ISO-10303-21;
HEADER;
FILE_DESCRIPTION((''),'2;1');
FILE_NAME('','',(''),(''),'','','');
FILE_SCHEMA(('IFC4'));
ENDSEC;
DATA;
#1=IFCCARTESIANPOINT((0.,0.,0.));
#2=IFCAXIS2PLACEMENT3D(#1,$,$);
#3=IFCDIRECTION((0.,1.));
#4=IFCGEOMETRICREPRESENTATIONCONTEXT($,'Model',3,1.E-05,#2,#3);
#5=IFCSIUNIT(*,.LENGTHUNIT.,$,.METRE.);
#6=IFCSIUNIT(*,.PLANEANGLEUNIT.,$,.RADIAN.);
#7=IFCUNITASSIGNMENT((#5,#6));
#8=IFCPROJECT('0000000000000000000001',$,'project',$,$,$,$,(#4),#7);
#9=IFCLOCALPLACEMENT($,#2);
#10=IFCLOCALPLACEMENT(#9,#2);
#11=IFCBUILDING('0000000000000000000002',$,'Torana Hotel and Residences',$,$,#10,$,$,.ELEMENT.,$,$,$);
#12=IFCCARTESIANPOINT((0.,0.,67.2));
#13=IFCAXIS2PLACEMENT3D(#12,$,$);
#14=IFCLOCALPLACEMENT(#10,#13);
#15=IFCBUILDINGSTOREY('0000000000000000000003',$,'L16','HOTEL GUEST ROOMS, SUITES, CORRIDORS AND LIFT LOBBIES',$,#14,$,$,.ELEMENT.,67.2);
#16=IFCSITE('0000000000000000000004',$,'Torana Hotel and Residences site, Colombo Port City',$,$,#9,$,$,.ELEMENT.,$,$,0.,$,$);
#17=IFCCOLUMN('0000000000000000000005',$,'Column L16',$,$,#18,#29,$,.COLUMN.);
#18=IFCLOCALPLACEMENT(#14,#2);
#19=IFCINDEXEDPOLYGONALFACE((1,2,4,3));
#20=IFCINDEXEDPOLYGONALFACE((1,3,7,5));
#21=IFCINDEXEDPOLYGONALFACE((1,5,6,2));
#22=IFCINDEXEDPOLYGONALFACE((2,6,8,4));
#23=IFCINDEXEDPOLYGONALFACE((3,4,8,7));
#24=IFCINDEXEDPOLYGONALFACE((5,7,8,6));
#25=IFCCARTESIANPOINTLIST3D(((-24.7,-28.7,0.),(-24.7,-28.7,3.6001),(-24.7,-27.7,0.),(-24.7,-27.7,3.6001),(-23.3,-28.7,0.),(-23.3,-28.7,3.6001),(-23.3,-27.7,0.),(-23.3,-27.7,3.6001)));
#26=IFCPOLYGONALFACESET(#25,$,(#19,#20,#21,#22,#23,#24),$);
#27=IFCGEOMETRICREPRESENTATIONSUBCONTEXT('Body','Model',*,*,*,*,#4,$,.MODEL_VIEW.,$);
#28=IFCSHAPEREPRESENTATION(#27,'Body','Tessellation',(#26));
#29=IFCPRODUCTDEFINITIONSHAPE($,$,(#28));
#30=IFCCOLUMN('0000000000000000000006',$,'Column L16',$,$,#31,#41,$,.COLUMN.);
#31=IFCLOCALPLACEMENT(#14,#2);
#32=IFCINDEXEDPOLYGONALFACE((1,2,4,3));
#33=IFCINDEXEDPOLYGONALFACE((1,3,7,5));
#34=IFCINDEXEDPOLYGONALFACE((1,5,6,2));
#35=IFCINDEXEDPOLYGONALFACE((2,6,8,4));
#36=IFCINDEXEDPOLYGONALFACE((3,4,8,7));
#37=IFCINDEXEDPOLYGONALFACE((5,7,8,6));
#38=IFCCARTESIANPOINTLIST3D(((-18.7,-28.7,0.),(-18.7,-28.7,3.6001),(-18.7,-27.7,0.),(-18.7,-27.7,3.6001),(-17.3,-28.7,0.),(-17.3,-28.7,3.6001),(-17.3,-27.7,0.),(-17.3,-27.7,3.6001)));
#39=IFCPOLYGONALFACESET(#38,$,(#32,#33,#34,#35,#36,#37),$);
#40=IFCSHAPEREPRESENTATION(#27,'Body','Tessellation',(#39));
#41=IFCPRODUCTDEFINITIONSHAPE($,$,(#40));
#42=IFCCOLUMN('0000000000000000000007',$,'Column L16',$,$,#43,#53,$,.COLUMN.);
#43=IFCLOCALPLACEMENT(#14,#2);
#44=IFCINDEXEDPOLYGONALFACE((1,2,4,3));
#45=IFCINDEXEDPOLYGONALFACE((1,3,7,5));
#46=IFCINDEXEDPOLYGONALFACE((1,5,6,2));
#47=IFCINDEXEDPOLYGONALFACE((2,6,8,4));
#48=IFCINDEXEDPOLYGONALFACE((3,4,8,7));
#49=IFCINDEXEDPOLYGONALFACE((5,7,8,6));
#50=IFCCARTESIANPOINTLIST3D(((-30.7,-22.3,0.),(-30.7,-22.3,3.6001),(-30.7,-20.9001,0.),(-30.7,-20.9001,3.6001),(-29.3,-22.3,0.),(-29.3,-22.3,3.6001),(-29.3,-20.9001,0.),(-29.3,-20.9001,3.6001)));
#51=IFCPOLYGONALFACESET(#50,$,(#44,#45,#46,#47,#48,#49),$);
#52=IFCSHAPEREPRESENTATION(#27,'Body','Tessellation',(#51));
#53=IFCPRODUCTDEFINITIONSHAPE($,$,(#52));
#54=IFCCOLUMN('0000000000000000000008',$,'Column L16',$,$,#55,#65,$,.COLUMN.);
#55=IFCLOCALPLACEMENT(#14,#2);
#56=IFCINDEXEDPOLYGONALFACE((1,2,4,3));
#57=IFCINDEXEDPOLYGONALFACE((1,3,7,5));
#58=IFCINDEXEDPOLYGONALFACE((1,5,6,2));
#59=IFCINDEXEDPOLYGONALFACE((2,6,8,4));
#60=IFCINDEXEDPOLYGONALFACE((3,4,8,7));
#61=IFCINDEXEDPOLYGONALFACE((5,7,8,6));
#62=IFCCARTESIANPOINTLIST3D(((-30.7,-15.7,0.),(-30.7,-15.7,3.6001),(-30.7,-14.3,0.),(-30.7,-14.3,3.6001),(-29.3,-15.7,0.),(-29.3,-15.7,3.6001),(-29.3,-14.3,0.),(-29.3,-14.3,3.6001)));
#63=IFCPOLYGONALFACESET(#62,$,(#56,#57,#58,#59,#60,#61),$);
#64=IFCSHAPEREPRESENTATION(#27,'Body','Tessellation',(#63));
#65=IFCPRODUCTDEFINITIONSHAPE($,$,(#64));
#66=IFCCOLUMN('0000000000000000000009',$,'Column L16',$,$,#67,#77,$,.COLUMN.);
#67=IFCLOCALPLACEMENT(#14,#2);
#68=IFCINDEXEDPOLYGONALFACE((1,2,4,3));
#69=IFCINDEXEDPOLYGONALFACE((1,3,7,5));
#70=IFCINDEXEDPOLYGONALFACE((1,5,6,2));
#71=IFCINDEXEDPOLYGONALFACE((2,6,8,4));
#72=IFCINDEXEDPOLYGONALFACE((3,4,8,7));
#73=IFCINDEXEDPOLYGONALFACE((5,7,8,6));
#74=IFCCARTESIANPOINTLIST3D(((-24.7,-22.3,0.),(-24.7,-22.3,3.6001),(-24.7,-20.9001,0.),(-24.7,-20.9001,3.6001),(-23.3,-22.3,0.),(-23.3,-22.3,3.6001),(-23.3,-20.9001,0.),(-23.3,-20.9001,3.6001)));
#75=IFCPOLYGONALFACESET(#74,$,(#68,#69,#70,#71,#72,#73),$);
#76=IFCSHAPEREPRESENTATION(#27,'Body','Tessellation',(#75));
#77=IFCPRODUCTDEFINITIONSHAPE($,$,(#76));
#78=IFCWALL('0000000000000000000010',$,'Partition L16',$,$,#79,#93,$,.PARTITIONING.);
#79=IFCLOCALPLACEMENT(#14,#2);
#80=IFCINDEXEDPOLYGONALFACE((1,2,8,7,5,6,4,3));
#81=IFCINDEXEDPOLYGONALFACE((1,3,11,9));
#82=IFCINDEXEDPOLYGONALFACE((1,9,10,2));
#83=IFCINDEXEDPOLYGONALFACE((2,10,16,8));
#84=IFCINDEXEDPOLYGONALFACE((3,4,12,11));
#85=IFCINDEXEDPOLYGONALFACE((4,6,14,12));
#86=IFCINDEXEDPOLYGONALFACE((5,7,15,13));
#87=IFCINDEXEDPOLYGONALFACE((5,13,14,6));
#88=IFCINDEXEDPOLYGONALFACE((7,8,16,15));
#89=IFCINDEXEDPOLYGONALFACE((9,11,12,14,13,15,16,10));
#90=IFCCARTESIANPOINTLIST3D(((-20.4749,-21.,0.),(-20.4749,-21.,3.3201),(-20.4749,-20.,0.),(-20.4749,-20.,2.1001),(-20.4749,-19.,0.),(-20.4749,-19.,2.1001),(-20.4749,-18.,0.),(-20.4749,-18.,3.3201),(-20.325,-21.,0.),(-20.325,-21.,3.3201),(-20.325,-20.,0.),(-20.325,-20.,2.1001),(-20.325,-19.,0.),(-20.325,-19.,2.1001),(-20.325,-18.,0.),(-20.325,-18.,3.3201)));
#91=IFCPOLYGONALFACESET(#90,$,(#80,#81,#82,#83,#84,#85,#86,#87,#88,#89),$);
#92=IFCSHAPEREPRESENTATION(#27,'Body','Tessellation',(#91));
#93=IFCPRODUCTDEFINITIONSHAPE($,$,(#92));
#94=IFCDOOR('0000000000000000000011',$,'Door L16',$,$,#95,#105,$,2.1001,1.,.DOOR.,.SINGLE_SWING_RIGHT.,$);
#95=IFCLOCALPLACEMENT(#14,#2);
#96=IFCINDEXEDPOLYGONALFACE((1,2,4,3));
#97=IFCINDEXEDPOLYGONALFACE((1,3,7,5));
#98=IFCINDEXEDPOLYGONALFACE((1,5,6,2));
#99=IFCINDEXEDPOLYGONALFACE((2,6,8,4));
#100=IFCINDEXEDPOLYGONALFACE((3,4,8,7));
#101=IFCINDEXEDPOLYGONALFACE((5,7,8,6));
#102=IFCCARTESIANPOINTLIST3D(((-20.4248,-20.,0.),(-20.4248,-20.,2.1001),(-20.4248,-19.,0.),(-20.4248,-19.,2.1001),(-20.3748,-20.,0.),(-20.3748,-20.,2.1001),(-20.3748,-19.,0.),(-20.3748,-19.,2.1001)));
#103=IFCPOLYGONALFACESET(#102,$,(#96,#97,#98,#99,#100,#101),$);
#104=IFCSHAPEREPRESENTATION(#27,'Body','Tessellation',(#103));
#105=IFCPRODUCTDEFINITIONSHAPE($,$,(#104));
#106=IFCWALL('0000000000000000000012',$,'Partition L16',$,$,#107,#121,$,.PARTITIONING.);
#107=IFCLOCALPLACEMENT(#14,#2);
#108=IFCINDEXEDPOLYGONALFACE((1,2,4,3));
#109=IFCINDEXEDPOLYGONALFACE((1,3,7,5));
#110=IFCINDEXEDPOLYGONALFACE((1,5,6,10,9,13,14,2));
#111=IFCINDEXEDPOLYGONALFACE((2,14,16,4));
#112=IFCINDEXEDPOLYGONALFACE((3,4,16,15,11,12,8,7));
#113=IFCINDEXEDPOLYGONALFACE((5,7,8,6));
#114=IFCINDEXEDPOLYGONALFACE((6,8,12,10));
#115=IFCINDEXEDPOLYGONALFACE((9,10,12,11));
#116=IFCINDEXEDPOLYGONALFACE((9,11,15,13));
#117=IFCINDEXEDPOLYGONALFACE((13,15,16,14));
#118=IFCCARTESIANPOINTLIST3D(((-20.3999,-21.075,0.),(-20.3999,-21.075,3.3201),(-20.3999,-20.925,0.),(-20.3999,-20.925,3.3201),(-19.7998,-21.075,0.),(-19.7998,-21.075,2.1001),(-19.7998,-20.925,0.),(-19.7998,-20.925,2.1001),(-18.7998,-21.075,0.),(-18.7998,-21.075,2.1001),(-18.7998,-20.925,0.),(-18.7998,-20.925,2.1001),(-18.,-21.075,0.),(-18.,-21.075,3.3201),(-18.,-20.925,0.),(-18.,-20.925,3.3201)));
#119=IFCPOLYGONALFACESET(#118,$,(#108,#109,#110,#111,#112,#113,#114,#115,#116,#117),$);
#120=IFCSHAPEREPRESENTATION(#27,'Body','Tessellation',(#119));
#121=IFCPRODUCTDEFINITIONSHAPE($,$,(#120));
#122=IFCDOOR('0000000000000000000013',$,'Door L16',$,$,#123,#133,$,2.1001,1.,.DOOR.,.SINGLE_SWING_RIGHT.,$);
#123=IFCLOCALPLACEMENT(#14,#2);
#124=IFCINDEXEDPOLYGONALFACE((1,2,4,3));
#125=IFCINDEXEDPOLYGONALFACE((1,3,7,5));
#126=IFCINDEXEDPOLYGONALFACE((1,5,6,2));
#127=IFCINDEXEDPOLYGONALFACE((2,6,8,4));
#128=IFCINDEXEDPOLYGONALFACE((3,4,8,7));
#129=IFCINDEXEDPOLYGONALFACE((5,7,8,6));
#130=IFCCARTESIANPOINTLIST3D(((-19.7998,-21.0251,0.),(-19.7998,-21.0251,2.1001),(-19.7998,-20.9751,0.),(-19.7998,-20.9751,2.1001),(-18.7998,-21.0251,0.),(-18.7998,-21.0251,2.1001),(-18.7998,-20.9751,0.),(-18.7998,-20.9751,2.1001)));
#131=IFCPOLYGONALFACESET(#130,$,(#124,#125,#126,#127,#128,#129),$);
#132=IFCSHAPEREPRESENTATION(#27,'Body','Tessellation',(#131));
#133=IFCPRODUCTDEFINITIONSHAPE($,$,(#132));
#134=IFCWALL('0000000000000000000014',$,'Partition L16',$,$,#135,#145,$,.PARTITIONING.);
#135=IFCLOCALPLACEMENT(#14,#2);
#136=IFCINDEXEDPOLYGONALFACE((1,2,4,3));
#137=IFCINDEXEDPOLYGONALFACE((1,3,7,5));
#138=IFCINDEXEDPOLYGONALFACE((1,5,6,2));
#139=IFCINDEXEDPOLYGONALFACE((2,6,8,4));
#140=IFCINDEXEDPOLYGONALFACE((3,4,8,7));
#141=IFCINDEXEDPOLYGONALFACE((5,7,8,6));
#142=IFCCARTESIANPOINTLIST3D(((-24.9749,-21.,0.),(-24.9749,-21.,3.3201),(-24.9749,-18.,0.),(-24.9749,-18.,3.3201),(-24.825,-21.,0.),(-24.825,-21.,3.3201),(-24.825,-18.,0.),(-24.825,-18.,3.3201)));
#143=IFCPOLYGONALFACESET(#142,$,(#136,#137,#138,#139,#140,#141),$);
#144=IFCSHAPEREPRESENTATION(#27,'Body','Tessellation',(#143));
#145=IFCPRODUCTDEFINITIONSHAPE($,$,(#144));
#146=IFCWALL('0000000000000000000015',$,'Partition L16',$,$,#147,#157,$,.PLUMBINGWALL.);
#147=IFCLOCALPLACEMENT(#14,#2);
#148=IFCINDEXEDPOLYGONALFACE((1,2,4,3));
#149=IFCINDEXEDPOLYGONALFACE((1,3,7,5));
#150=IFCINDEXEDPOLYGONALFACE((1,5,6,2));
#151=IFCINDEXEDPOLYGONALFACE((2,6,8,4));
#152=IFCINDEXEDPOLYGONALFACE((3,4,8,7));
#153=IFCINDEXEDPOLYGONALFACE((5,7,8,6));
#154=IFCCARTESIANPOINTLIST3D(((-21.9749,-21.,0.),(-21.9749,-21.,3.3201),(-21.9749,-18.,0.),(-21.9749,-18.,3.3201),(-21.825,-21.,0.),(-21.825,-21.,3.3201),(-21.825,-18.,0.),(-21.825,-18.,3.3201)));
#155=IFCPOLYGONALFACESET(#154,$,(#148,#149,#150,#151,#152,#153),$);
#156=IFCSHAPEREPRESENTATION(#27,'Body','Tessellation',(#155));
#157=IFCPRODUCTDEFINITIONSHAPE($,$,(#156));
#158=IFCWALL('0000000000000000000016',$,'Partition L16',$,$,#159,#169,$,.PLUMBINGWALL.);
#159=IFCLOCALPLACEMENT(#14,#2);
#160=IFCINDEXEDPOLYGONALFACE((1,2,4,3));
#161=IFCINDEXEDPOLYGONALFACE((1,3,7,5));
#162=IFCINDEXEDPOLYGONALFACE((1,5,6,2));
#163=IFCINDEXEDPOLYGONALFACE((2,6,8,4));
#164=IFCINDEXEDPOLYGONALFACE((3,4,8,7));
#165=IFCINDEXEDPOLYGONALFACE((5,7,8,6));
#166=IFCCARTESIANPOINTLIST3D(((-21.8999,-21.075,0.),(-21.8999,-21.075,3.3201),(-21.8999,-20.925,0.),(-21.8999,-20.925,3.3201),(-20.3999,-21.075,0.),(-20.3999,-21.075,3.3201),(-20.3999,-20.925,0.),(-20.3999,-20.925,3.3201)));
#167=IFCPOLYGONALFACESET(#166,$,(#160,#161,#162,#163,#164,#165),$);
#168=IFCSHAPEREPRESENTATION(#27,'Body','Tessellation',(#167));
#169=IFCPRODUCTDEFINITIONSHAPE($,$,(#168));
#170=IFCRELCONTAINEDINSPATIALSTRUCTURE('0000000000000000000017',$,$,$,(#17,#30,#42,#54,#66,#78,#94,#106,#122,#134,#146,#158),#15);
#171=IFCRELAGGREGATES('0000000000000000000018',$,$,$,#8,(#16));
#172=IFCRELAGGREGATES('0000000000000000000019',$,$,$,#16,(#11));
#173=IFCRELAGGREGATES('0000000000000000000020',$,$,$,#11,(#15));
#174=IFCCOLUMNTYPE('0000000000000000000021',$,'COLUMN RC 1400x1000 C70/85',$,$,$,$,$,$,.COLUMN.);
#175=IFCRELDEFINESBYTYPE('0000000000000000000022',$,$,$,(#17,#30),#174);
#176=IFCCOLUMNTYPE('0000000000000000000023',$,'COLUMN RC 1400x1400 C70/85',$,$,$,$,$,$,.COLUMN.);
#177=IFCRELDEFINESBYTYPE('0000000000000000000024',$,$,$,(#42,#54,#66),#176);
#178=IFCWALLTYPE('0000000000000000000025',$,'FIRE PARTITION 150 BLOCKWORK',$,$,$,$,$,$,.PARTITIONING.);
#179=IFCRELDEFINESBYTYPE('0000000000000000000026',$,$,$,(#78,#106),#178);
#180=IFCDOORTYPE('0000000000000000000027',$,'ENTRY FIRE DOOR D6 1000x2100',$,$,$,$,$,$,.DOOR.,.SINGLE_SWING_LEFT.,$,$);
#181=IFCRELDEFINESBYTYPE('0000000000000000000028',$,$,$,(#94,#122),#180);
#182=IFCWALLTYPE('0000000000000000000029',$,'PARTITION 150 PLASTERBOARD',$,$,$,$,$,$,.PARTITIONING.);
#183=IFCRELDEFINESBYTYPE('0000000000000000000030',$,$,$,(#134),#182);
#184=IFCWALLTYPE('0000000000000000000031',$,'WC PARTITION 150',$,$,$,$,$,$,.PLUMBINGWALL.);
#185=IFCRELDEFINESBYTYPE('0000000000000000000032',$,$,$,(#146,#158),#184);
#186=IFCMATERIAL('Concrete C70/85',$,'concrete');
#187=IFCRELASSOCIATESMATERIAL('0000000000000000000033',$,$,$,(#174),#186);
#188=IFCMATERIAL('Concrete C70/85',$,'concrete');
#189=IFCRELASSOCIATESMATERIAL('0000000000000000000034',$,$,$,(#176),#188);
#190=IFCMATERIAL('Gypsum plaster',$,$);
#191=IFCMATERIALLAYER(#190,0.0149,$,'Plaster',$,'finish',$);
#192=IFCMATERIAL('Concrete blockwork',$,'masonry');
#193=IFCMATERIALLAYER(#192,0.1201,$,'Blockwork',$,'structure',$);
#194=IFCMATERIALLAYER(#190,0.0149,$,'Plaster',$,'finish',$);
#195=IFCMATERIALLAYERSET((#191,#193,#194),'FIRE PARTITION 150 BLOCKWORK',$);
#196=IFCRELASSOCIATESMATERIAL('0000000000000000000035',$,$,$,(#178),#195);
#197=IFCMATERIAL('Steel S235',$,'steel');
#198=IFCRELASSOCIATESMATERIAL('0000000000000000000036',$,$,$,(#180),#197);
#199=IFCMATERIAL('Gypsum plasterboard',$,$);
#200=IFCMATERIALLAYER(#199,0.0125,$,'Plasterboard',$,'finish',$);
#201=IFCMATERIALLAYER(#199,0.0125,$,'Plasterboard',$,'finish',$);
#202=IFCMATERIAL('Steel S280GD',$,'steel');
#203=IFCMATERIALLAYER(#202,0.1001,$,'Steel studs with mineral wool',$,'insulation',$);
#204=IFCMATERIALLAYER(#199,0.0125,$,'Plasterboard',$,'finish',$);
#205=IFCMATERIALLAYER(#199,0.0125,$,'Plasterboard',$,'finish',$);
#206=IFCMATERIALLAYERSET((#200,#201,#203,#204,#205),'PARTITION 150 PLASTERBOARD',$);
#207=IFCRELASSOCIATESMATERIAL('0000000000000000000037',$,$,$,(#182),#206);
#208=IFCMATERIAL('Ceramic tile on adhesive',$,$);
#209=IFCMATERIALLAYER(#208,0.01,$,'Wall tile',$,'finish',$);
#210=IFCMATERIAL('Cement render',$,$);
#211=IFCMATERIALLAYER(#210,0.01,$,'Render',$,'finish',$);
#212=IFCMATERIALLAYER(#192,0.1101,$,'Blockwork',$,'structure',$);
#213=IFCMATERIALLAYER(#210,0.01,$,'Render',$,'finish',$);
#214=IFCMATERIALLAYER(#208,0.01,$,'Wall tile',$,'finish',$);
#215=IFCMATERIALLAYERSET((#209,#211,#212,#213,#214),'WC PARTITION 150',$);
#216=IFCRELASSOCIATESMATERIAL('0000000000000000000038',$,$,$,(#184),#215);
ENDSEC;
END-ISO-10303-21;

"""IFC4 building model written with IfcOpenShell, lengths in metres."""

from ifc_helpers import new_model, si_unit, direction, frame, frame_2d, origin, origin_2d, place, context, subcontext, project, spatial, rectangle, extrude, material, layer, layer_set, material_profile, profile_set, type_object, element, fill, save


model = new_model("IFC4")

# Units and contexts
model_context = context("Model", 3, precision=1e-05, world=origin(), true_north=direction((0.0, 1.0)))
body_context = subcontext(model_context, "Body", "Model", "MODEL_VIEW")
ifc_project = project(units=[si_unit("LENGTHUNIT", "METRE"), si_unit("PLANEANGLEUNIT", "RADIAN")], contexts=[model_context])

# Site, building, storey
site_placement = place(None, origin())
site = spatial("IfcSite", under=ifc_project, at=site_placement, Name="Torana Hotel and Residences site, Colombo Port City", CompositionType="ELEMENT", RefElevation=0.0)
building_placement = place(site_placement, origin())
building = spatial("IfcBuilding", under=site, at=building_placement, Name="Torana Hotel and Residences", CompositionType="ELEMENT")
storey_placement = place(building_placement, frame((0.0, 0.0, 67.2)))
storey = spatial("IfcBuildingStorey", under=building, at=storey_placement, Name="L16", Description="HOTEL GUEST ROOMS, SUITES, CORRIDORS AND LIFT LOBBIES", CompositionType="ELEMENT", Elevation=67.2)

# Columns
ifc_material_1 = material(Name="Concrete C70/85", Category="concrete")
ifc_material_profile_1 = material_profile(ifc_material_1, rectangle(XDim=1.3999, YDim=1.0, at=origin_2d()), Name="RC 1400x1000")
ifc_profile_set_1 = profile_set([ifc_material_profile_1], Name="Concrete C70/85")
column_type_1 = type_object("IfcColumnType", Name="COLUMN RC 1400x1000 C70/85", PredefinedType="COLUMN", material=ifc_profile_set_1)
for number, where, z_axis, x_axis, name in (
    (1, (-24.0, -28.2, 0.0), (0.0, 0.0, 1.0), (1.0, 0.0, 0.0), "Column L16"),
    (2, (-18.0, -28.2, 0.0), (0.0, 0.0, 1.0), (1.0, 0.0, 0.0), "Column L16"),
):
    element("IfcColumn", number, at=place(storey_placement, frame(where, z_axis=z_axis, x_axis=x_axis)), inside=storey, type_object=column_type_1, Name=name, PredefinedType="COLUMN", context=body_context, shape_type="SweptSolid", body=[
        extrude(rectangle(XDim=1.3999, YDim=1.0, at=origin_2d()), origin(), (0.0, 0.0, 1.0), 3.6001),
    ])
ifc_material_2 = material(Name="Concrete C70/85", Category="concrete")
ifc_material_profile_2 = material_profile(ifc_material_2, rectangle(XDim=1.3999, YDim=1.3999, at=origin_2d()), Name="RC 1400x1400")
ifc_profile_set_2 = profile_set([ifc_material_profile_2], Name="Concrete C70/85")
column_type_2 = type_object("IfcColumnType", Name="COLUMN RC 1400x1400 C70/85", PredefinedType="COLUMN", material=ifc_profile_set_2)
for number, where, z_axis, x_axis, name in (
    (3, (-30.0, -21.6001, 0.0), (0.0, 0.0, 1.0), (1.0, 0.0, 0.0), "Column L16"),
    (4, (-30.0, -15.0, 0.0), (0.0, 0.0, 1.0), (1.0, 0.0, 0.0), "Column L16"),
    (5, (-24.0, -21.6001, 0.0), (0.0, 0.0, 1.0), (1.0, 0.0, 0.0), "Column L16"),
):
    element("IfcColumn", number, at=place(storey_placement, frame(where, z_axis=z_axis, x_axis=x_axis)), inside=storey, type_object=column_type_2, Name=name, PredefinedType="COLUMN", context=body_context, shape_type="SweptSolid", body=[
        extrude(rectangle(XDim=1.3999, YDim=1.3999, at=origin_2d()), origin(), (0.0, 0.0, 1.0), 3.6001),
    ])

# Walls, openings, doors
ifc_material_3 = material(Name="Gypsum plaster")
ifc_layer_1 = layer(ifc_material_3, 0.0149, Name="Plaster", Category="finish")
ifc_material_4 = material(Name="Concrete blockwork", Category="masonry")
ifc_layer_2 = layer(ifc_material_4, 0.1201, Name="Blockwork", Category="structure")
ifc_layer_3 = layer(ifc_material_3, 0.0149, Name="Plaster", Category="finish")
ifc_layer_set_1 = layer_set([ifc_layer_1, ifc_layer_2, ifc_layer_3], Name="FIRE PARTITION 150 BLOCKWORK")
wall_type_1 = type_object("IfcWallType", Name="FIRE PARTITION 150 BLOCKWORK", PredefinedType="PARTITIONING", material=ifc_layer_set_1)
wall_1_placement = place(storey_placement, frame((-20.3999, -21.0, 0.0), z_axis=(0.0, 0.0, 1.0), x_axis=(0.0, 1.0, 0.0)))
wall_1 = element("IfcWall", 6, at=wall_1_placement, inside=storey, type_object=wall_type_1, Name="Partition L16", PredefinedType="PARTITIONING", context=body_context, shape_type="SweptSolid", body=[
    extrude(rectangle(XDim=3.0, YDim=0.1499, at=frame_2d((1.5, 0.0))), origin(), (0.0, 0.0, 1.0), 3.3201),
])
opening_1_placement = place(wall_1_placement, frame((1.0, 0.0, 0.0)))
opening_1 = element("IfcOpeningElement", 7, at=opening_1_placement, cuts=wall_1, PredefinedType="OPENING", context=body_context, shape_type="SweptSolid", body=[
    extrude(rectangle(XDim=1.0, YDim=2.1001, at=frame_2d((0.5, 1.05))), frame((0.0, 0.085, 0.0), z_axis=(0.0, -1.0, 0.0), x_axis=(1.0, 0.0, 0.0)), (0.0, 0.0, 1.0), 0.1699),
])
ifc_material_5 = material(Name="Steel S235", Category="steel")
door_type = type_object("IfcDoorType", Name="ENTRY FIRE DOOR D6 1000x2100", OperationType="SINGLE_SWING_LEFT", PredefinedType="DOOR", material=ifc_material_5)
door_1_placement = place(opening_1_placement, origin())
door_1 = element("IfcDoor", 8, at=door_1_placement, inside=storey, type_object=door_type, Name="Door L16", OperationType="SINGLE_SWING_RIGHT", OverallHeight=2.1001, OverallWidth=1.0, PredefinedType="DOOR", context=body_context, shape_type="SweptSolid", body=[
    extrude(rectangle(XDim=1.0, YDim=2.1001, at=frame_2d((0.5, 1.05))), frame((0.0, 0.0249, 0.0), z_axis=(0.0, -1.0, 0.0), x_axis=(1.0, 0.0, 0.0)), (0.0, 0.0, 1.0), 0.05),
])
fill(opening_1, door_1)
wall_2_placement = place(storey_placement, frame((-20.3999, -21.0, 0.0), z_axis=(0.0, 0.0, 1.0), x_axis=(1.0, 0.0, 0.0)))
wall_2 = element("IfcWall", 9, at=wall_2_placement, inside=storey, type_object=wall_type_1, Name="Partition L16", PredefinedType="PARTITIONING", context=body_context, shape_type="SweptSolid", body=[
    extrude(rectangle(XDim=2.3999, YDim=0.1499, at=frame_2d((1.2, 0.0))), origin(), (0.0, 0.0, 1.0), 3.3201),
])
opening_2_placement = place(wall_2_placement, frame((0.6001, 0.0, 0.0)))
opening_2 = element("IfcOpeningElement", 10, at=opening_2_placement, cuts=wall_2, PredefinedType="OPENING", context=body_context, shape_type="SweptSolid", body=[
    extrude(rectangle(XDim=1.0, YDim=2.1001, at=frame_2d((0.5, 1.05))), frame((0.0, 0.085, 0.0), z_axis=(0.0, -1.0, 0.0), x_axis=(1.0, 0.0, 0.0)), (0.0, 0.0, 1.0), 0.1699),
])
door_2_placement = place(opening_2_placement, frame((0.5, 0.0, 0.0), z_axis=(0.0, 0.0, 1.0), x_axis=(-1.0, 0.0, 0.0)))
door_2 = element("IfcDoor", 11, at=door_2_placement, inside=storey, type_object=door_type, Name="Door L16", OperationType="SINGLE_SWING_RIGHT", OverallHeight=2.1001, OverallWidth=1.0, PredefinedType="DOOR", context=body_context, shape_type="SweptSolid", body=[
    extrude(rectangle(XDim=1.0, YDim=2.1001, at=frame_2d((0.0, 1.05))), frame((0.0, -0.0249, 0.0), z_axis=(0.0, 1.0, 0.0), x_axis=(-1.0, 0.0, 0.0)), (0.0, 0.0, 1.0), 0.05),
])
fill(opening_2, door_2)

# Walls
ifc_material_6 = material(Name="Gypsum plasterboard")
ifc_layer_4 = layer(ifc_material_6, 0.0125, Name="Plasterboard", Category="finish")
ifc_layer_5 = layer(ifc_material_6, 0.0125, Name="Plasterboard", Category="finish")
ifc_material_7 = material(Name="Steel S280GD", Category="steel")
ifc_layer_6 = layer(ifc_material_7, 0.1001, Name="Steel studs with mineral wool", Category="insulation")
ifc_layer_7 = layer(ifc_material_6, 0.0125, Name="Plasterboard", Category="finish")
ifc_layer_8 = layer(ifc_material_6, 0.0125, Name="Plasterboard", Category="finish")
ifc_layer_set_2 = layer_set([ifc_layer_4, ifc_layer_5, ifc_layer_6, ifc_layer_7, ifc_layer_8], Name="PARTITION 150 PLASTERBOARD")
wall_type_2 = type_object("IfcWallType", Name="PARTITION 150 PLASTERBOARD", PredefinedType="PARTITIONING", material=ifc_layer_set_2)
wall_3_placement = place(storey_placement, frame((-24.8999, -21.0, 0.0), z_axis=(0.0, 0.0, 1.0), x_axis=(0.0, 1.0, 0.0)))
element("IfcWall", 12, at=wall_3_placement, inside=storey, type_object=wall_type_2, Name="Partition L16", PredefinedType="PARTITIONING", context=body_context, shape_type="SweptSolid", body=[
    extrude(rectangle(XDim=3.0, YDim=0.1499, at=frame_2d((1.5, 0.0))), origin(), (0.0, 0.0, 1.0), 3.3201),
])
ifc_material_8 = material(Name="Ceramic tile on adhesive")
ifc_layer_9 = layer(ifc_material_8, 0.01, Name="Wall tile", Category="finish")
ifc_material_9 = material(Name="Cement render")
ifc_layer_10 = layer(ifc_material_9, 0.01, Name="Render", Category="finish")
ifc_layer_11 = layer(ifc_material_4, 0.1101, Name="Blockwork", Category="structure")
ifc_layer_12 = layer(ifc_material_9, 0.01, Name="Render", Category="finish")
ifc_layer_13 = layer(ifc_material_8, 0.01, Name="Wall tile", Category="finish")
ifc_layer_set_3 = layer_set([ifc_layer_9, ifc_layer_10, ifc_layer_11, ifc_layer_12, ifc_layer_13], Name="WC PARTITION 150")
wall_type_3 = type_object("IfcWallType", Name="WC PARTITION 150", PredefinedType="PLUMBINGWALL", material=ifc_layer_set_3)
wall_4_placement = place(storey_placement, frame((-21.8999, -21.0, 0.0), z_axis=(0.0, 0.0, 1.0), x_axis=(0.0, 1.0, 0.0)))
element("IfcWall", 13, at=wall_4_placement, inside=storey, type_object=wall_type_3, Name="Partition L16", PredefinedType="PLUMBINGWALL", context=body_context, shape_type="SweptSolid", body=[
    extrude(rectangle(XDim=3.0, YDim=0.1499, at=frame_2d((1.5, 0.0))), origin(), (0.0, 0.0, 1.0), 3.3201),
])
wall_5_placement = place(storey_placement, frame((-21.8999, -21.0, 0.0), z_axis=(0.0, 0.0, 1.0), x_axis=(1.0, 0.0, 0.0)))
element("IfcWall", 14, at=wall_5_placement, inside=storey, type_object=wall_type_3, Name="Partition L16", PredefinedType="PLUMBINGWALL", context=body_context, shape_type="SweptSolid", body=[
    extrude(rectangle(XDim=1.5, YDim=0.1499, at=frame_2d((0.75, 0.0))), origin(), (0.0, 0.0, 1.0), 3.3201),
])

save(model, "model.ifc")
